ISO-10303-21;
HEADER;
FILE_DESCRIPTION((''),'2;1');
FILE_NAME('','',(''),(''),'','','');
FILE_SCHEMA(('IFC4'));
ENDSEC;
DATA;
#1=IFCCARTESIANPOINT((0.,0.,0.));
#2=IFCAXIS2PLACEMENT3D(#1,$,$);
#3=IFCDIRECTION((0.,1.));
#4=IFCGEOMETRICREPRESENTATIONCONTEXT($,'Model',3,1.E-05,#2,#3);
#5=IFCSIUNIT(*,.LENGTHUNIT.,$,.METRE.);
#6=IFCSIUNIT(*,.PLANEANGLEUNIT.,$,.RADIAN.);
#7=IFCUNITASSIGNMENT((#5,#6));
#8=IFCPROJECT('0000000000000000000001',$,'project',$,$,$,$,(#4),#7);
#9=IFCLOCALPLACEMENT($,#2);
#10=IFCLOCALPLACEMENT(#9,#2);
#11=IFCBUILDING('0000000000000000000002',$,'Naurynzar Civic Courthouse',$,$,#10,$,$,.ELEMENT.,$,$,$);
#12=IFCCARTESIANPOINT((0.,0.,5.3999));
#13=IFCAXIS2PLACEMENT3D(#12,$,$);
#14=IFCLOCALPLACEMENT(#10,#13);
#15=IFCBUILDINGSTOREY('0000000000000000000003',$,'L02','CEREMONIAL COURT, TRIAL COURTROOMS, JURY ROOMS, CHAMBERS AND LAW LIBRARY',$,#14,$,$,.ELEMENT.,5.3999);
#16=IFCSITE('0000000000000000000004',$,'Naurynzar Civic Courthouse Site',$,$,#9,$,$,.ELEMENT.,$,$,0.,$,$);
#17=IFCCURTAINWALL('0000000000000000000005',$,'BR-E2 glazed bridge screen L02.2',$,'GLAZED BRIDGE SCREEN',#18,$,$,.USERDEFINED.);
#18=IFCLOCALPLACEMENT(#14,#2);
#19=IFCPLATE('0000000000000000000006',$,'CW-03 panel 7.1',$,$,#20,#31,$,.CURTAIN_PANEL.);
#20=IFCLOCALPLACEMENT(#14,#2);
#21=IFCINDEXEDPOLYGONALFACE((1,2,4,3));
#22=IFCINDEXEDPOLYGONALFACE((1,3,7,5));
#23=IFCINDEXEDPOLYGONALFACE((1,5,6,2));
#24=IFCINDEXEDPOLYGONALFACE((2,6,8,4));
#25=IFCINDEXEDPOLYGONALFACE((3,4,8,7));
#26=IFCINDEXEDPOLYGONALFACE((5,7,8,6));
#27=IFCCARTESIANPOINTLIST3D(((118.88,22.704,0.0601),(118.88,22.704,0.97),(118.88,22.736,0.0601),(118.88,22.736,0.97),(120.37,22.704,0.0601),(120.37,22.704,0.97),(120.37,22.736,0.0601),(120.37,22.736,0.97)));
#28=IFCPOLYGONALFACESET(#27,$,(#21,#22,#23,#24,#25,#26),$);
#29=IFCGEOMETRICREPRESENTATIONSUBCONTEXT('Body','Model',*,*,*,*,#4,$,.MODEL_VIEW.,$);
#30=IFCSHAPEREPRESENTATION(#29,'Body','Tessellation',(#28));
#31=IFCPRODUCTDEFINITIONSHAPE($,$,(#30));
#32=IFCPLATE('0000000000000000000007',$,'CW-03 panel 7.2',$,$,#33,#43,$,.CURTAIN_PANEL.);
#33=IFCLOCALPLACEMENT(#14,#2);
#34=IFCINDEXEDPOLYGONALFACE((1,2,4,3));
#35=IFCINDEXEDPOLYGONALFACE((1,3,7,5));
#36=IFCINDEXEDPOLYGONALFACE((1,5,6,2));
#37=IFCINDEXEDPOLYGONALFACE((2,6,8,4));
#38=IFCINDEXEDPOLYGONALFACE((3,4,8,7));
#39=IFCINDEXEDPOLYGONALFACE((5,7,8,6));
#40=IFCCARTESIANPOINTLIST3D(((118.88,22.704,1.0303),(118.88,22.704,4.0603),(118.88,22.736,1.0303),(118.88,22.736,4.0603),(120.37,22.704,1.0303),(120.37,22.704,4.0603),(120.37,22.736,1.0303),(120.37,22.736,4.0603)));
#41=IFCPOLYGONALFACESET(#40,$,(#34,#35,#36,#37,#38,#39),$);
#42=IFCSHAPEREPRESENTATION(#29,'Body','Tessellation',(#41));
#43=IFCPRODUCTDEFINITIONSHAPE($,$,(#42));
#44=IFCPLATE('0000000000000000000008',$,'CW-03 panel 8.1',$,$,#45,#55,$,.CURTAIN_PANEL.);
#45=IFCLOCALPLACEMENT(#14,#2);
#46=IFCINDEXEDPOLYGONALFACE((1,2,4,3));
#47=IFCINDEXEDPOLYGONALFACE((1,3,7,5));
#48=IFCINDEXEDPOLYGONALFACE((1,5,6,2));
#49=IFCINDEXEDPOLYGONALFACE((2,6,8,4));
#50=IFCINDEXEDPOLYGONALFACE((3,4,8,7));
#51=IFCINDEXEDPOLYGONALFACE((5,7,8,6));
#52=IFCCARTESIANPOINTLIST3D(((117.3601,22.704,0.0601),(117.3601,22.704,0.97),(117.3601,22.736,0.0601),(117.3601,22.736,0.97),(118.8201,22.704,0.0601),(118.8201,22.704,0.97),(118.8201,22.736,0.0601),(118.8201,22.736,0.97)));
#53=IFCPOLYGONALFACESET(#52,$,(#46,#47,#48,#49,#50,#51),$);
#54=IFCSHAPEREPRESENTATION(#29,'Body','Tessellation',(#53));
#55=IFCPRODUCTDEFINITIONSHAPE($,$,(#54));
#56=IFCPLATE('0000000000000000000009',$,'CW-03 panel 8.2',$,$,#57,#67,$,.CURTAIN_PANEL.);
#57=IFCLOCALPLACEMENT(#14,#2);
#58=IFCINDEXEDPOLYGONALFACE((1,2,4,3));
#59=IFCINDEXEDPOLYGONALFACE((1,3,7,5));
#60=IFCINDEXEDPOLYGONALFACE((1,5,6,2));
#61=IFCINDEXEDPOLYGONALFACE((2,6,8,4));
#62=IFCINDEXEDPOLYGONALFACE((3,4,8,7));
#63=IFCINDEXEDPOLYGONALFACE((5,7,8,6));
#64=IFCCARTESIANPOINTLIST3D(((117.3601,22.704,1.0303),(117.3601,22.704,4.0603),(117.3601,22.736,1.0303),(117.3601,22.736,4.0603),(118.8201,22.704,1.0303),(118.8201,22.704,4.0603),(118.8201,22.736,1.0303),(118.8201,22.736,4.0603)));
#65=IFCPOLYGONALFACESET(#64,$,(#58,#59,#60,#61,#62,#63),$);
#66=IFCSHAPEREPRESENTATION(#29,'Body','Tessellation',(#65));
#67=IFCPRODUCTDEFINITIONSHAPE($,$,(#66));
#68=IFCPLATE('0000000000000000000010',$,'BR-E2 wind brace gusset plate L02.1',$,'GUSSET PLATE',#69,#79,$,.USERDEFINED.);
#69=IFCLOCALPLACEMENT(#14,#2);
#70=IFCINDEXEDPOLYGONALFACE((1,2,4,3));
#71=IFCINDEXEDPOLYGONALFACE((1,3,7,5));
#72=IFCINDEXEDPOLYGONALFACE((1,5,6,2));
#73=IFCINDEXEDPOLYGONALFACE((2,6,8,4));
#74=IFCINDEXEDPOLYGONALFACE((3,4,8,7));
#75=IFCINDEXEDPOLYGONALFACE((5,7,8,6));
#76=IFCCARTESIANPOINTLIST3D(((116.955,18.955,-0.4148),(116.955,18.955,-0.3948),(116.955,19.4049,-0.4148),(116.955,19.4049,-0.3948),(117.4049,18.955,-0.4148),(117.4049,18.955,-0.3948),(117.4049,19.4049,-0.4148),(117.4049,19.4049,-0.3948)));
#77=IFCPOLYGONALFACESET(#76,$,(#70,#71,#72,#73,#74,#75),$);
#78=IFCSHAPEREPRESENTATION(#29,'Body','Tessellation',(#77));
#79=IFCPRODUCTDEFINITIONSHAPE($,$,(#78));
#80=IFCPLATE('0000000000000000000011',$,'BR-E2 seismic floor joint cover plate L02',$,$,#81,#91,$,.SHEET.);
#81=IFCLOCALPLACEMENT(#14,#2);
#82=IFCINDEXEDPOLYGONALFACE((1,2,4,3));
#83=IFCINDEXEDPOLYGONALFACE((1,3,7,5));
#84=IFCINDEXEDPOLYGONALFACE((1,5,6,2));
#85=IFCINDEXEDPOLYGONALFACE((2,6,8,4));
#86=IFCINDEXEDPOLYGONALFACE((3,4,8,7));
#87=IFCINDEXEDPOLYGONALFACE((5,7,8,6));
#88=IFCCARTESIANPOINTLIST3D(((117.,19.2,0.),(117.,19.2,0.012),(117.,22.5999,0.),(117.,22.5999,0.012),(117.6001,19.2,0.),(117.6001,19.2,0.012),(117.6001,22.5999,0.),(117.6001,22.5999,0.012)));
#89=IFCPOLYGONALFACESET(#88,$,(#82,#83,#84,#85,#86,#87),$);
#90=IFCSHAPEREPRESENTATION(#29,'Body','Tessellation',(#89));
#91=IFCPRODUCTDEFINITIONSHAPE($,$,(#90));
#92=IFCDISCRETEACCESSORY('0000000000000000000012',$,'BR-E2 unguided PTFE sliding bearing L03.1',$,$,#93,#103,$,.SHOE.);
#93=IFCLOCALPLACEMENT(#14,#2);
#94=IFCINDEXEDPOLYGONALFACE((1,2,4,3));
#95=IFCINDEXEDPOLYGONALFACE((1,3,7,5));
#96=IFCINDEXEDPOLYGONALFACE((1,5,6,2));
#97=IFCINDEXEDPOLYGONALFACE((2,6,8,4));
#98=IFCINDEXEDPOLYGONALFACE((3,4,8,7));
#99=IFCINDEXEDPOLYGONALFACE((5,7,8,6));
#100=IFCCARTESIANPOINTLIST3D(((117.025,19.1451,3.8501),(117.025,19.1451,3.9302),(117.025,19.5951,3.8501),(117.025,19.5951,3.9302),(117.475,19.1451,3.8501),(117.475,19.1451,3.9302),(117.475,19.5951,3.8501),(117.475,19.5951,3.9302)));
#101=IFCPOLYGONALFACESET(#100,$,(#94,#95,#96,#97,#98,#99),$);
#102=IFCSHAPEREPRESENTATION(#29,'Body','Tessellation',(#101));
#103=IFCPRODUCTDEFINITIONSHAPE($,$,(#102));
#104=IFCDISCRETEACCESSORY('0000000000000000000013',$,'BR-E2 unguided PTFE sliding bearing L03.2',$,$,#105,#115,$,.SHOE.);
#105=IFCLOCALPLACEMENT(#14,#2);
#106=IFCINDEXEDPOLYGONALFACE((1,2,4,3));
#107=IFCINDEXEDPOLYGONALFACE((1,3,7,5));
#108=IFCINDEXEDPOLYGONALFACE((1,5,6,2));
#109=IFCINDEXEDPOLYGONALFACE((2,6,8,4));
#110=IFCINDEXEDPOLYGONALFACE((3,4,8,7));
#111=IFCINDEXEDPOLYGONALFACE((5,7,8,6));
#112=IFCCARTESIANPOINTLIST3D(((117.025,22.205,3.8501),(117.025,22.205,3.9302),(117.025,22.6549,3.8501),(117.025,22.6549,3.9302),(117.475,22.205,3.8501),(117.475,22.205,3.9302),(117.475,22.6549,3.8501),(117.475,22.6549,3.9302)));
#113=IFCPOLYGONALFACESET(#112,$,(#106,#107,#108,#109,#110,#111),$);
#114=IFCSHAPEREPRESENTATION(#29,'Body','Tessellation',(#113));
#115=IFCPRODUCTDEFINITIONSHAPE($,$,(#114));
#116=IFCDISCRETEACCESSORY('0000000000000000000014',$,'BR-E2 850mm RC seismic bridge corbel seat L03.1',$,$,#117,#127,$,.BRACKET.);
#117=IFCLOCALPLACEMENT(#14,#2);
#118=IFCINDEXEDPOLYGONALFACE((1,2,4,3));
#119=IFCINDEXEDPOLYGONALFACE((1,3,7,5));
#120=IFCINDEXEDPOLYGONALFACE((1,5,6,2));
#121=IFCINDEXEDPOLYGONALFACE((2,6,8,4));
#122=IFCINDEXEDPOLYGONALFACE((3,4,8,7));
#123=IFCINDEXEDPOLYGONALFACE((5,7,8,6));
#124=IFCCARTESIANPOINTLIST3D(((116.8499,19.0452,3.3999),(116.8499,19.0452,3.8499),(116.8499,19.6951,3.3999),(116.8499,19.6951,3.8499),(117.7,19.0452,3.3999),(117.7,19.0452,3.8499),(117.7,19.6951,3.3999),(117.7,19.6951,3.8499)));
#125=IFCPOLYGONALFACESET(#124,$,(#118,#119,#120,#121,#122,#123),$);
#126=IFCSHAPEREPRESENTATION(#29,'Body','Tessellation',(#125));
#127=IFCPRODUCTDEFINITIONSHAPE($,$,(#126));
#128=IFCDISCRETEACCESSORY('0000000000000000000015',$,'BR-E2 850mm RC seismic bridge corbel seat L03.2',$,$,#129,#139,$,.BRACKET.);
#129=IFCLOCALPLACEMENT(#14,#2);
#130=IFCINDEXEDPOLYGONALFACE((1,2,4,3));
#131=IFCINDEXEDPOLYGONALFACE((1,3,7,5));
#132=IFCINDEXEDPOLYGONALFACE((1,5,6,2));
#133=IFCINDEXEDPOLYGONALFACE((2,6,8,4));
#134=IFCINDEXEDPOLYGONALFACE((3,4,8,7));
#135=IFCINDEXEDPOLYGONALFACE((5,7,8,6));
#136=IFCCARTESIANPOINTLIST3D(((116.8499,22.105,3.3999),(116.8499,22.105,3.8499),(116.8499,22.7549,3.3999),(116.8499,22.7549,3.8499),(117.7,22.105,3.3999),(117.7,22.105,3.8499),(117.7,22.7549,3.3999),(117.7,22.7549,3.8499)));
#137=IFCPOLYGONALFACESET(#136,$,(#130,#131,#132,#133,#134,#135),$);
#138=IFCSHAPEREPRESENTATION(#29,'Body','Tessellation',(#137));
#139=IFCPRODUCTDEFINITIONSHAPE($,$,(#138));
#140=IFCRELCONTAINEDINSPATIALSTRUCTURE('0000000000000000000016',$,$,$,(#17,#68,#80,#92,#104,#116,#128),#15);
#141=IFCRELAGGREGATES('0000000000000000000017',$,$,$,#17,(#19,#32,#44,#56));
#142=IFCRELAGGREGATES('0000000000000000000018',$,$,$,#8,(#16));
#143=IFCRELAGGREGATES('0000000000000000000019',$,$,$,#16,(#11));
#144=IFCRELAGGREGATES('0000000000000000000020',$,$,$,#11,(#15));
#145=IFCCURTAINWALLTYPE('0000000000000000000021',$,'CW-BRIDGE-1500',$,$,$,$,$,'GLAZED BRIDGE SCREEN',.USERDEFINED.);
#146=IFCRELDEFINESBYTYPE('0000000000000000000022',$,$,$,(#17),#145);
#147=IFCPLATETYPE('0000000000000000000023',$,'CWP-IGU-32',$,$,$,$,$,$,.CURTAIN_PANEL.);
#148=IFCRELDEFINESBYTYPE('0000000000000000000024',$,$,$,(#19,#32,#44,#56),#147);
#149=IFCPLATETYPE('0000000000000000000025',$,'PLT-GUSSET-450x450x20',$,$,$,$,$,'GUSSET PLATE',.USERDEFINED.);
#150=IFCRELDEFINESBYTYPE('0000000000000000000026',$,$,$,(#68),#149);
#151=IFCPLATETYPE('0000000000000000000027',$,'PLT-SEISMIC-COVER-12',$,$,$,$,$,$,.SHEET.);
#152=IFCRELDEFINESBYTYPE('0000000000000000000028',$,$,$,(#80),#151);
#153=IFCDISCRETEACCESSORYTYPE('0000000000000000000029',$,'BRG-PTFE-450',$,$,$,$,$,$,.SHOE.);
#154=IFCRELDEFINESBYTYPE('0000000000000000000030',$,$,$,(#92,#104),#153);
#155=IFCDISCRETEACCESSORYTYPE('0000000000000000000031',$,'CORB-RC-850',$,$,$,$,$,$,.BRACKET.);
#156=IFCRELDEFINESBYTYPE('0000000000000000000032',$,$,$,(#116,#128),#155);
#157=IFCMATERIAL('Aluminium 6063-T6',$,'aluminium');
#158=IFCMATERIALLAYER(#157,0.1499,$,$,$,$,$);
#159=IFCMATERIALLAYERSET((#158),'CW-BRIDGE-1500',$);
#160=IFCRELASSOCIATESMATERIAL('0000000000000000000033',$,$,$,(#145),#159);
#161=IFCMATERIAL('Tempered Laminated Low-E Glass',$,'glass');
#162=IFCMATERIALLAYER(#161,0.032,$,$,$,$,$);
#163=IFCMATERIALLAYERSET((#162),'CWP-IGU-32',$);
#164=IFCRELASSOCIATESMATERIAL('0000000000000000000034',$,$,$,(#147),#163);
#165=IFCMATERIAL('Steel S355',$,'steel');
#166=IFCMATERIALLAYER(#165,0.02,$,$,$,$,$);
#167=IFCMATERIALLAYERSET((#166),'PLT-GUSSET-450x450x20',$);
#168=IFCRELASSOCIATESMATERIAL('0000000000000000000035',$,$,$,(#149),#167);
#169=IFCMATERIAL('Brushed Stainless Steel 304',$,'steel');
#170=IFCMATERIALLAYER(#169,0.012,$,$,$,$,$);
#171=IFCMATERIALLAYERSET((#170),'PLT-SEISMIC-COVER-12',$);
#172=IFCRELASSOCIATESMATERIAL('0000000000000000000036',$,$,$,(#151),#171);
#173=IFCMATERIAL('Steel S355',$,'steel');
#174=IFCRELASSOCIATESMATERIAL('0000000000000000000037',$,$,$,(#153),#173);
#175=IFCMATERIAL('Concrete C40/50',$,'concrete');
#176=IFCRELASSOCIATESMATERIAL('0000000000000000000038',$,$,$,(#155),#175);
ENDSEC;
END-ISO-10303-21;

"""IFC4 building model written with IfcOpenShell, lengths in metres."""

from ifc_helpers import new_model, si_unit, direction, frame, origin, origin_2d, place, context, subcontext, project, spatial, rectangle, extrude, material, layer, layer_set, type_object, element, aggregate, save


model = new_model("IFC4")

# Units and contexts
model_context = context("Model", 3, precision=1e-05, world=origin(), true_north=direction((0.0, 1.0)))
body_context = subcontext(model_context, "Body", "Model", "MODEL_VIEW")
ifc_project = project(units=[si_unit("LENGTHUNIT", "METRE"), si_unit("PLANEANGLEUNIT", "RADIAN")], contexts=[model_context])

# Site, building, storey
site_placement = place(None, origin())
site = spatial("IfcSite", under=ifc_project, at=site_placement, Name="Naurynzar Civic Courthouse Site", CompositionType="ELEMENT", RefElevation=0.0)
building_placement = place(site_placement, origin())
building = spatial("IfcBuilding", under=site, at=building_placement, Name="Naurynzar Civic Courthouse", CompositionType="ELEMENT")
storey_placement = place(building_placement, frame((0.0, 0.0, 5.3999)))
storey = spatial("IfcBuildingStorey", under=building, at=storey_placement, Name="L02", Description="CEREMONIAL COURT, TRIAL COURTROOMS, JURY ROOMS, CHAMBERS AND LAW LIBRARY", CompositionType="ELEMENT", Elevation=5.3999)

# Curtain wall
ifc_material_1 = material(Name="Aluminium 6063-T6", Category="aluminium")
ifc_layer_1 = layer(ifc_material_1, 0.1499)
ifc_layer_set_1 = layer_set([ifc_layer_1], Name="CW-BRIDGE-1500")
curtain_wall_type = type_object("IfcCurtainWallType", Name="CW-BRIDGE-1500", ElementType="GLAZED BRIDGE SCREEN", PredefinedType="USERDEFINED", material=ifc_layer_set_1)
curtain_wall_1_placement = place(storey_placement, origin())
curtain_wall_1 = element("IfcCurtainWall", 1, at=curtain_wall_1_placement, inside=storey, type_object=curtain_wall_type, Name="BR-E2 glazed bridge screen L02.2", ObjectType="GLAZED BRIDGE SCREEN", PredefinedType="USERDEFINED")

# Plates
ifc_material_2 = material(Name="Tempered Laminated Low-E Glass", Category="glass")
ifc_layer_2 = layer(ifc_material_2, 0.032)
ifc_layer_set_2 = layer_set([ifc_layer_2], Name="CWP-IGU-32")
plate_type_1 = type_object("IfcPlateType", Name="CWP-IGU-32", PredefinedType="CURTAIN_PANEL", material=ifc_layer_set_2)
plate_1_placement = place(storey_placement, frame((119.625, 22.72, 0.0601), z_axis=(0.0, 0.0, 1.0), x_axis=(-1.0, 0.0, 0.0)))
plate_1 = element("IfcPlate", 2, at=plate_1_placement, type_object=plate_type_1, Name="CW-03 panel 7.1", PredefinedType="CURTAIN_PANEL", context=body_context, shape_type="SweptSolid", body=[
    extrude(rectangle(XDim=1.49, YDim=0.032, at=origin_2d()), origin(), (0.0, 0.0, 1.0), 0.9099),
])
plate_2_placement = place(storey_placement, frame((119.625, 22.72, 1.0303), z_axis=(0.0, 0.0, 1.0), x_axis=(-1.0, 0.0, 0.0)))
plate_2 = element("IfcPlate", 3, at=plate_2_placement, type_object=plate_type_1, Name="CW-03 panel 7.2", PredefinedType="CURTAIN_PANEL", context=body_context, shape_type="SweptSolid", body=[
    extrude(rectangle(XDim=1.49, YDim=0.032, at=origin_2d()), origin(), (0.0, 0.0, 1.0), 3.03),
])
plate_3_placement = place(storey_placement, frame((118.0901, 22.72, 0.0601), z_axis=(0.0, 0.0, 1.0), x_axis=(-1.0, 0.0, 0.0)))
plate_3 = element("IfcPlate", 4, at=plate_3_placement, type_object=plate_type_1, Name="CW-03 panel 8.1", PredefinedType="CURTAIN_PANEL", context=body_context, shape_type="SweptSolid", body=[
    extrude(rectangle(XDim=1.46, YDim=0.032, at=origin_2d()), origin(), (0.0, 0.0, 1.0), 0.9099),
])
plate_4_placement = place(storey_placement, frame((118.0901, 22.72, 1.0303), z_axis=(0.0, 0.0, 1.0), x_axis=(-1.0, 0.0, 0.0)))
plate_4 = element("IfcPlate", 5, at=plate_4_placement, type_object=plate_type_1, Name="CW-03 panel 8.2", PredefinedType="CURTAIN_PANEL", context=body_context, shape_type="SweptSolid", body=[
    extrude(rectangle(XDim=1.46, YDim=0.032, at=origin_2d()), origin(), (0.0, 0.0, 1.0), 3.03),
])
aggregate(curtain_wall_1, [plate_1, plate_2, plate_3, plate_4])

# Plates
ifc_material_3 = material(Name="Steel S355", Category="steel")
ifc_layer_3 = layer(ifc_material_3, 0.02)
ifc_layer_set_3 = layer_set([ifc_layer_3], Name="PLT-GUSSET-450x450x20")
plate_type_2 = type_object("IfcPlateType", Name="PLT-GUSSET-450x450x20", ElementType="GUSSET PLATE", PredefinedType="USERDEFINED", material=ifc_layer_set_3)
plate_5_placement = place(storey_placement, frame((117.1799, 19.1799, -0.4148), z_axis=(0.0, 0.0, 1.0), x_axis=(1.0, 0.0, 0.0)))
element("IfcPlate", 6, at=plate_5_placement, inside=storey, type_object=plate_type_2, Name="BR-E2 wind brace gusset plate L02.1", ObjectType="GUSSET PLATE", PredefinedType="USERDEFINED", context=body_context, shape_type="SweptSolid", body=[
    extrude(rectangle(XDim=0.45, YDim=0.45, at=origin_2d()), origin(), (0.0, 0.0, 1.0), 0.02),
])
ifc_material_4 = material(Name="Brushed Stainless Steel 304", Category="steel")
ifc_layer_4 = layer(ifc_material_4, 0.012)
ifc_layer_set_4 = layer_set([ifc_layer_4], Name="PLT-SEISMIC-COVER-12")
plate_type_3 = type_object("IfcPlateType", Name="PLT-SEISMIC-COVER-12", PredefinedType="SHEET", material=ifc_layer_set_4)
plate_6_placement = place(storey_placement, frame((117.3, 20.8999, 0.0), z_axis=(0.0, 0.0, 1.0), x_axis=(1.0, 0.0, 0.0)))
element("IfcPlate", 7, at=plate_6_placement, inside=storey, type_object=plate_type_3, Name="BR-E2 seismic floor joint cover plate L02", PredefinedType="SHEET", context=body_context, shape_type="SweptSolid", body=[
    extrude(rectangle(XDim=0.6001, YDim=3.3999, at=origin_2d()), origin(), (0.0, 0.0, 1.0), 0.012),
])

# Discrete accessories
ifc_material_5 = material(Name="Steel S355", Category="steel")
discrete_accessory_type_1 = type_object("IfcDiscreteAccessoryType", Name="BRG-PTFE-450", PredefinedType="SHOE", material=ifc_material_5)
for number, where, z_axis, x_axis, name in (
    (8, (117.25, 19.3701, 3.8501), (0.0, 0.0, 1.0), (1.0, 0.0, 0.0), "BR-E2 unguided PTFE sliding bearing L03.1"),
    (9, (117.25, 22.4299, 3.8501), (0.0, 0.0, 1.0), (1.0, 0.0, 0.0), "BR-E2 unguided PTFE sliding bearing L03.2"),
):
    element("IfcDiscreteAccessory", number, at=place(storey_placement, frame(where, z_axis=z_axis, x_axis=x_axis)), inside=storey, type_object=discrete_accessory_type_1, Name=name, PredefinedType="SHOE", context=body_context, shape_type="SweptSolid", body=[
        extrude(rectangle(XDim=0.45, YDim=0.45, at=origin_2d()), origin(), (0.0, 0.0, 1.0), 0.0801),
    ])
ifc_material_6 = material(Name="Concrete C40/50", Category="concrete")
discrete_accessory_type_2 = type_object("IfcDiscreteAccessoryType", Name="CORB-RC-850", PredefinedType="BRACKET", material=ifc_material_6)
for number, where, z_axis, x_axis, name in (
    (10, (117.2749, 19.3701, 3.3999), (0.0, 0.0, 1.0), (1.0, 0.0, 0.0), "BR-E2 850mm RC seismic bridge corbel seat L03.1"),
    (11, (117.2749, 22.4299, 3.3999), (0.0, 0.0, 1.0), (1.0, 0.0, 0.0), "BR-E2 850mm RC seismic bridge corbel seat L03.2"),
):
    element("IfcDiscreteAccessory", number, at=place(storey_placement, frame(where, z_axis=z_axis, x_axis=x_axis)), inside=storey, type_object=discrete_accessory_type_2, Name=name, PredefinedType="BRACKET", context=body_context, shape_type="SweptSolid", body=[
        extrude(rectangle(XDim=0.8501, YDim=0.6499, at=origin_2d()), origin(), (0.0, 0.0, 1.0), 0.45),
    ])

save(model, "model.ifc")
